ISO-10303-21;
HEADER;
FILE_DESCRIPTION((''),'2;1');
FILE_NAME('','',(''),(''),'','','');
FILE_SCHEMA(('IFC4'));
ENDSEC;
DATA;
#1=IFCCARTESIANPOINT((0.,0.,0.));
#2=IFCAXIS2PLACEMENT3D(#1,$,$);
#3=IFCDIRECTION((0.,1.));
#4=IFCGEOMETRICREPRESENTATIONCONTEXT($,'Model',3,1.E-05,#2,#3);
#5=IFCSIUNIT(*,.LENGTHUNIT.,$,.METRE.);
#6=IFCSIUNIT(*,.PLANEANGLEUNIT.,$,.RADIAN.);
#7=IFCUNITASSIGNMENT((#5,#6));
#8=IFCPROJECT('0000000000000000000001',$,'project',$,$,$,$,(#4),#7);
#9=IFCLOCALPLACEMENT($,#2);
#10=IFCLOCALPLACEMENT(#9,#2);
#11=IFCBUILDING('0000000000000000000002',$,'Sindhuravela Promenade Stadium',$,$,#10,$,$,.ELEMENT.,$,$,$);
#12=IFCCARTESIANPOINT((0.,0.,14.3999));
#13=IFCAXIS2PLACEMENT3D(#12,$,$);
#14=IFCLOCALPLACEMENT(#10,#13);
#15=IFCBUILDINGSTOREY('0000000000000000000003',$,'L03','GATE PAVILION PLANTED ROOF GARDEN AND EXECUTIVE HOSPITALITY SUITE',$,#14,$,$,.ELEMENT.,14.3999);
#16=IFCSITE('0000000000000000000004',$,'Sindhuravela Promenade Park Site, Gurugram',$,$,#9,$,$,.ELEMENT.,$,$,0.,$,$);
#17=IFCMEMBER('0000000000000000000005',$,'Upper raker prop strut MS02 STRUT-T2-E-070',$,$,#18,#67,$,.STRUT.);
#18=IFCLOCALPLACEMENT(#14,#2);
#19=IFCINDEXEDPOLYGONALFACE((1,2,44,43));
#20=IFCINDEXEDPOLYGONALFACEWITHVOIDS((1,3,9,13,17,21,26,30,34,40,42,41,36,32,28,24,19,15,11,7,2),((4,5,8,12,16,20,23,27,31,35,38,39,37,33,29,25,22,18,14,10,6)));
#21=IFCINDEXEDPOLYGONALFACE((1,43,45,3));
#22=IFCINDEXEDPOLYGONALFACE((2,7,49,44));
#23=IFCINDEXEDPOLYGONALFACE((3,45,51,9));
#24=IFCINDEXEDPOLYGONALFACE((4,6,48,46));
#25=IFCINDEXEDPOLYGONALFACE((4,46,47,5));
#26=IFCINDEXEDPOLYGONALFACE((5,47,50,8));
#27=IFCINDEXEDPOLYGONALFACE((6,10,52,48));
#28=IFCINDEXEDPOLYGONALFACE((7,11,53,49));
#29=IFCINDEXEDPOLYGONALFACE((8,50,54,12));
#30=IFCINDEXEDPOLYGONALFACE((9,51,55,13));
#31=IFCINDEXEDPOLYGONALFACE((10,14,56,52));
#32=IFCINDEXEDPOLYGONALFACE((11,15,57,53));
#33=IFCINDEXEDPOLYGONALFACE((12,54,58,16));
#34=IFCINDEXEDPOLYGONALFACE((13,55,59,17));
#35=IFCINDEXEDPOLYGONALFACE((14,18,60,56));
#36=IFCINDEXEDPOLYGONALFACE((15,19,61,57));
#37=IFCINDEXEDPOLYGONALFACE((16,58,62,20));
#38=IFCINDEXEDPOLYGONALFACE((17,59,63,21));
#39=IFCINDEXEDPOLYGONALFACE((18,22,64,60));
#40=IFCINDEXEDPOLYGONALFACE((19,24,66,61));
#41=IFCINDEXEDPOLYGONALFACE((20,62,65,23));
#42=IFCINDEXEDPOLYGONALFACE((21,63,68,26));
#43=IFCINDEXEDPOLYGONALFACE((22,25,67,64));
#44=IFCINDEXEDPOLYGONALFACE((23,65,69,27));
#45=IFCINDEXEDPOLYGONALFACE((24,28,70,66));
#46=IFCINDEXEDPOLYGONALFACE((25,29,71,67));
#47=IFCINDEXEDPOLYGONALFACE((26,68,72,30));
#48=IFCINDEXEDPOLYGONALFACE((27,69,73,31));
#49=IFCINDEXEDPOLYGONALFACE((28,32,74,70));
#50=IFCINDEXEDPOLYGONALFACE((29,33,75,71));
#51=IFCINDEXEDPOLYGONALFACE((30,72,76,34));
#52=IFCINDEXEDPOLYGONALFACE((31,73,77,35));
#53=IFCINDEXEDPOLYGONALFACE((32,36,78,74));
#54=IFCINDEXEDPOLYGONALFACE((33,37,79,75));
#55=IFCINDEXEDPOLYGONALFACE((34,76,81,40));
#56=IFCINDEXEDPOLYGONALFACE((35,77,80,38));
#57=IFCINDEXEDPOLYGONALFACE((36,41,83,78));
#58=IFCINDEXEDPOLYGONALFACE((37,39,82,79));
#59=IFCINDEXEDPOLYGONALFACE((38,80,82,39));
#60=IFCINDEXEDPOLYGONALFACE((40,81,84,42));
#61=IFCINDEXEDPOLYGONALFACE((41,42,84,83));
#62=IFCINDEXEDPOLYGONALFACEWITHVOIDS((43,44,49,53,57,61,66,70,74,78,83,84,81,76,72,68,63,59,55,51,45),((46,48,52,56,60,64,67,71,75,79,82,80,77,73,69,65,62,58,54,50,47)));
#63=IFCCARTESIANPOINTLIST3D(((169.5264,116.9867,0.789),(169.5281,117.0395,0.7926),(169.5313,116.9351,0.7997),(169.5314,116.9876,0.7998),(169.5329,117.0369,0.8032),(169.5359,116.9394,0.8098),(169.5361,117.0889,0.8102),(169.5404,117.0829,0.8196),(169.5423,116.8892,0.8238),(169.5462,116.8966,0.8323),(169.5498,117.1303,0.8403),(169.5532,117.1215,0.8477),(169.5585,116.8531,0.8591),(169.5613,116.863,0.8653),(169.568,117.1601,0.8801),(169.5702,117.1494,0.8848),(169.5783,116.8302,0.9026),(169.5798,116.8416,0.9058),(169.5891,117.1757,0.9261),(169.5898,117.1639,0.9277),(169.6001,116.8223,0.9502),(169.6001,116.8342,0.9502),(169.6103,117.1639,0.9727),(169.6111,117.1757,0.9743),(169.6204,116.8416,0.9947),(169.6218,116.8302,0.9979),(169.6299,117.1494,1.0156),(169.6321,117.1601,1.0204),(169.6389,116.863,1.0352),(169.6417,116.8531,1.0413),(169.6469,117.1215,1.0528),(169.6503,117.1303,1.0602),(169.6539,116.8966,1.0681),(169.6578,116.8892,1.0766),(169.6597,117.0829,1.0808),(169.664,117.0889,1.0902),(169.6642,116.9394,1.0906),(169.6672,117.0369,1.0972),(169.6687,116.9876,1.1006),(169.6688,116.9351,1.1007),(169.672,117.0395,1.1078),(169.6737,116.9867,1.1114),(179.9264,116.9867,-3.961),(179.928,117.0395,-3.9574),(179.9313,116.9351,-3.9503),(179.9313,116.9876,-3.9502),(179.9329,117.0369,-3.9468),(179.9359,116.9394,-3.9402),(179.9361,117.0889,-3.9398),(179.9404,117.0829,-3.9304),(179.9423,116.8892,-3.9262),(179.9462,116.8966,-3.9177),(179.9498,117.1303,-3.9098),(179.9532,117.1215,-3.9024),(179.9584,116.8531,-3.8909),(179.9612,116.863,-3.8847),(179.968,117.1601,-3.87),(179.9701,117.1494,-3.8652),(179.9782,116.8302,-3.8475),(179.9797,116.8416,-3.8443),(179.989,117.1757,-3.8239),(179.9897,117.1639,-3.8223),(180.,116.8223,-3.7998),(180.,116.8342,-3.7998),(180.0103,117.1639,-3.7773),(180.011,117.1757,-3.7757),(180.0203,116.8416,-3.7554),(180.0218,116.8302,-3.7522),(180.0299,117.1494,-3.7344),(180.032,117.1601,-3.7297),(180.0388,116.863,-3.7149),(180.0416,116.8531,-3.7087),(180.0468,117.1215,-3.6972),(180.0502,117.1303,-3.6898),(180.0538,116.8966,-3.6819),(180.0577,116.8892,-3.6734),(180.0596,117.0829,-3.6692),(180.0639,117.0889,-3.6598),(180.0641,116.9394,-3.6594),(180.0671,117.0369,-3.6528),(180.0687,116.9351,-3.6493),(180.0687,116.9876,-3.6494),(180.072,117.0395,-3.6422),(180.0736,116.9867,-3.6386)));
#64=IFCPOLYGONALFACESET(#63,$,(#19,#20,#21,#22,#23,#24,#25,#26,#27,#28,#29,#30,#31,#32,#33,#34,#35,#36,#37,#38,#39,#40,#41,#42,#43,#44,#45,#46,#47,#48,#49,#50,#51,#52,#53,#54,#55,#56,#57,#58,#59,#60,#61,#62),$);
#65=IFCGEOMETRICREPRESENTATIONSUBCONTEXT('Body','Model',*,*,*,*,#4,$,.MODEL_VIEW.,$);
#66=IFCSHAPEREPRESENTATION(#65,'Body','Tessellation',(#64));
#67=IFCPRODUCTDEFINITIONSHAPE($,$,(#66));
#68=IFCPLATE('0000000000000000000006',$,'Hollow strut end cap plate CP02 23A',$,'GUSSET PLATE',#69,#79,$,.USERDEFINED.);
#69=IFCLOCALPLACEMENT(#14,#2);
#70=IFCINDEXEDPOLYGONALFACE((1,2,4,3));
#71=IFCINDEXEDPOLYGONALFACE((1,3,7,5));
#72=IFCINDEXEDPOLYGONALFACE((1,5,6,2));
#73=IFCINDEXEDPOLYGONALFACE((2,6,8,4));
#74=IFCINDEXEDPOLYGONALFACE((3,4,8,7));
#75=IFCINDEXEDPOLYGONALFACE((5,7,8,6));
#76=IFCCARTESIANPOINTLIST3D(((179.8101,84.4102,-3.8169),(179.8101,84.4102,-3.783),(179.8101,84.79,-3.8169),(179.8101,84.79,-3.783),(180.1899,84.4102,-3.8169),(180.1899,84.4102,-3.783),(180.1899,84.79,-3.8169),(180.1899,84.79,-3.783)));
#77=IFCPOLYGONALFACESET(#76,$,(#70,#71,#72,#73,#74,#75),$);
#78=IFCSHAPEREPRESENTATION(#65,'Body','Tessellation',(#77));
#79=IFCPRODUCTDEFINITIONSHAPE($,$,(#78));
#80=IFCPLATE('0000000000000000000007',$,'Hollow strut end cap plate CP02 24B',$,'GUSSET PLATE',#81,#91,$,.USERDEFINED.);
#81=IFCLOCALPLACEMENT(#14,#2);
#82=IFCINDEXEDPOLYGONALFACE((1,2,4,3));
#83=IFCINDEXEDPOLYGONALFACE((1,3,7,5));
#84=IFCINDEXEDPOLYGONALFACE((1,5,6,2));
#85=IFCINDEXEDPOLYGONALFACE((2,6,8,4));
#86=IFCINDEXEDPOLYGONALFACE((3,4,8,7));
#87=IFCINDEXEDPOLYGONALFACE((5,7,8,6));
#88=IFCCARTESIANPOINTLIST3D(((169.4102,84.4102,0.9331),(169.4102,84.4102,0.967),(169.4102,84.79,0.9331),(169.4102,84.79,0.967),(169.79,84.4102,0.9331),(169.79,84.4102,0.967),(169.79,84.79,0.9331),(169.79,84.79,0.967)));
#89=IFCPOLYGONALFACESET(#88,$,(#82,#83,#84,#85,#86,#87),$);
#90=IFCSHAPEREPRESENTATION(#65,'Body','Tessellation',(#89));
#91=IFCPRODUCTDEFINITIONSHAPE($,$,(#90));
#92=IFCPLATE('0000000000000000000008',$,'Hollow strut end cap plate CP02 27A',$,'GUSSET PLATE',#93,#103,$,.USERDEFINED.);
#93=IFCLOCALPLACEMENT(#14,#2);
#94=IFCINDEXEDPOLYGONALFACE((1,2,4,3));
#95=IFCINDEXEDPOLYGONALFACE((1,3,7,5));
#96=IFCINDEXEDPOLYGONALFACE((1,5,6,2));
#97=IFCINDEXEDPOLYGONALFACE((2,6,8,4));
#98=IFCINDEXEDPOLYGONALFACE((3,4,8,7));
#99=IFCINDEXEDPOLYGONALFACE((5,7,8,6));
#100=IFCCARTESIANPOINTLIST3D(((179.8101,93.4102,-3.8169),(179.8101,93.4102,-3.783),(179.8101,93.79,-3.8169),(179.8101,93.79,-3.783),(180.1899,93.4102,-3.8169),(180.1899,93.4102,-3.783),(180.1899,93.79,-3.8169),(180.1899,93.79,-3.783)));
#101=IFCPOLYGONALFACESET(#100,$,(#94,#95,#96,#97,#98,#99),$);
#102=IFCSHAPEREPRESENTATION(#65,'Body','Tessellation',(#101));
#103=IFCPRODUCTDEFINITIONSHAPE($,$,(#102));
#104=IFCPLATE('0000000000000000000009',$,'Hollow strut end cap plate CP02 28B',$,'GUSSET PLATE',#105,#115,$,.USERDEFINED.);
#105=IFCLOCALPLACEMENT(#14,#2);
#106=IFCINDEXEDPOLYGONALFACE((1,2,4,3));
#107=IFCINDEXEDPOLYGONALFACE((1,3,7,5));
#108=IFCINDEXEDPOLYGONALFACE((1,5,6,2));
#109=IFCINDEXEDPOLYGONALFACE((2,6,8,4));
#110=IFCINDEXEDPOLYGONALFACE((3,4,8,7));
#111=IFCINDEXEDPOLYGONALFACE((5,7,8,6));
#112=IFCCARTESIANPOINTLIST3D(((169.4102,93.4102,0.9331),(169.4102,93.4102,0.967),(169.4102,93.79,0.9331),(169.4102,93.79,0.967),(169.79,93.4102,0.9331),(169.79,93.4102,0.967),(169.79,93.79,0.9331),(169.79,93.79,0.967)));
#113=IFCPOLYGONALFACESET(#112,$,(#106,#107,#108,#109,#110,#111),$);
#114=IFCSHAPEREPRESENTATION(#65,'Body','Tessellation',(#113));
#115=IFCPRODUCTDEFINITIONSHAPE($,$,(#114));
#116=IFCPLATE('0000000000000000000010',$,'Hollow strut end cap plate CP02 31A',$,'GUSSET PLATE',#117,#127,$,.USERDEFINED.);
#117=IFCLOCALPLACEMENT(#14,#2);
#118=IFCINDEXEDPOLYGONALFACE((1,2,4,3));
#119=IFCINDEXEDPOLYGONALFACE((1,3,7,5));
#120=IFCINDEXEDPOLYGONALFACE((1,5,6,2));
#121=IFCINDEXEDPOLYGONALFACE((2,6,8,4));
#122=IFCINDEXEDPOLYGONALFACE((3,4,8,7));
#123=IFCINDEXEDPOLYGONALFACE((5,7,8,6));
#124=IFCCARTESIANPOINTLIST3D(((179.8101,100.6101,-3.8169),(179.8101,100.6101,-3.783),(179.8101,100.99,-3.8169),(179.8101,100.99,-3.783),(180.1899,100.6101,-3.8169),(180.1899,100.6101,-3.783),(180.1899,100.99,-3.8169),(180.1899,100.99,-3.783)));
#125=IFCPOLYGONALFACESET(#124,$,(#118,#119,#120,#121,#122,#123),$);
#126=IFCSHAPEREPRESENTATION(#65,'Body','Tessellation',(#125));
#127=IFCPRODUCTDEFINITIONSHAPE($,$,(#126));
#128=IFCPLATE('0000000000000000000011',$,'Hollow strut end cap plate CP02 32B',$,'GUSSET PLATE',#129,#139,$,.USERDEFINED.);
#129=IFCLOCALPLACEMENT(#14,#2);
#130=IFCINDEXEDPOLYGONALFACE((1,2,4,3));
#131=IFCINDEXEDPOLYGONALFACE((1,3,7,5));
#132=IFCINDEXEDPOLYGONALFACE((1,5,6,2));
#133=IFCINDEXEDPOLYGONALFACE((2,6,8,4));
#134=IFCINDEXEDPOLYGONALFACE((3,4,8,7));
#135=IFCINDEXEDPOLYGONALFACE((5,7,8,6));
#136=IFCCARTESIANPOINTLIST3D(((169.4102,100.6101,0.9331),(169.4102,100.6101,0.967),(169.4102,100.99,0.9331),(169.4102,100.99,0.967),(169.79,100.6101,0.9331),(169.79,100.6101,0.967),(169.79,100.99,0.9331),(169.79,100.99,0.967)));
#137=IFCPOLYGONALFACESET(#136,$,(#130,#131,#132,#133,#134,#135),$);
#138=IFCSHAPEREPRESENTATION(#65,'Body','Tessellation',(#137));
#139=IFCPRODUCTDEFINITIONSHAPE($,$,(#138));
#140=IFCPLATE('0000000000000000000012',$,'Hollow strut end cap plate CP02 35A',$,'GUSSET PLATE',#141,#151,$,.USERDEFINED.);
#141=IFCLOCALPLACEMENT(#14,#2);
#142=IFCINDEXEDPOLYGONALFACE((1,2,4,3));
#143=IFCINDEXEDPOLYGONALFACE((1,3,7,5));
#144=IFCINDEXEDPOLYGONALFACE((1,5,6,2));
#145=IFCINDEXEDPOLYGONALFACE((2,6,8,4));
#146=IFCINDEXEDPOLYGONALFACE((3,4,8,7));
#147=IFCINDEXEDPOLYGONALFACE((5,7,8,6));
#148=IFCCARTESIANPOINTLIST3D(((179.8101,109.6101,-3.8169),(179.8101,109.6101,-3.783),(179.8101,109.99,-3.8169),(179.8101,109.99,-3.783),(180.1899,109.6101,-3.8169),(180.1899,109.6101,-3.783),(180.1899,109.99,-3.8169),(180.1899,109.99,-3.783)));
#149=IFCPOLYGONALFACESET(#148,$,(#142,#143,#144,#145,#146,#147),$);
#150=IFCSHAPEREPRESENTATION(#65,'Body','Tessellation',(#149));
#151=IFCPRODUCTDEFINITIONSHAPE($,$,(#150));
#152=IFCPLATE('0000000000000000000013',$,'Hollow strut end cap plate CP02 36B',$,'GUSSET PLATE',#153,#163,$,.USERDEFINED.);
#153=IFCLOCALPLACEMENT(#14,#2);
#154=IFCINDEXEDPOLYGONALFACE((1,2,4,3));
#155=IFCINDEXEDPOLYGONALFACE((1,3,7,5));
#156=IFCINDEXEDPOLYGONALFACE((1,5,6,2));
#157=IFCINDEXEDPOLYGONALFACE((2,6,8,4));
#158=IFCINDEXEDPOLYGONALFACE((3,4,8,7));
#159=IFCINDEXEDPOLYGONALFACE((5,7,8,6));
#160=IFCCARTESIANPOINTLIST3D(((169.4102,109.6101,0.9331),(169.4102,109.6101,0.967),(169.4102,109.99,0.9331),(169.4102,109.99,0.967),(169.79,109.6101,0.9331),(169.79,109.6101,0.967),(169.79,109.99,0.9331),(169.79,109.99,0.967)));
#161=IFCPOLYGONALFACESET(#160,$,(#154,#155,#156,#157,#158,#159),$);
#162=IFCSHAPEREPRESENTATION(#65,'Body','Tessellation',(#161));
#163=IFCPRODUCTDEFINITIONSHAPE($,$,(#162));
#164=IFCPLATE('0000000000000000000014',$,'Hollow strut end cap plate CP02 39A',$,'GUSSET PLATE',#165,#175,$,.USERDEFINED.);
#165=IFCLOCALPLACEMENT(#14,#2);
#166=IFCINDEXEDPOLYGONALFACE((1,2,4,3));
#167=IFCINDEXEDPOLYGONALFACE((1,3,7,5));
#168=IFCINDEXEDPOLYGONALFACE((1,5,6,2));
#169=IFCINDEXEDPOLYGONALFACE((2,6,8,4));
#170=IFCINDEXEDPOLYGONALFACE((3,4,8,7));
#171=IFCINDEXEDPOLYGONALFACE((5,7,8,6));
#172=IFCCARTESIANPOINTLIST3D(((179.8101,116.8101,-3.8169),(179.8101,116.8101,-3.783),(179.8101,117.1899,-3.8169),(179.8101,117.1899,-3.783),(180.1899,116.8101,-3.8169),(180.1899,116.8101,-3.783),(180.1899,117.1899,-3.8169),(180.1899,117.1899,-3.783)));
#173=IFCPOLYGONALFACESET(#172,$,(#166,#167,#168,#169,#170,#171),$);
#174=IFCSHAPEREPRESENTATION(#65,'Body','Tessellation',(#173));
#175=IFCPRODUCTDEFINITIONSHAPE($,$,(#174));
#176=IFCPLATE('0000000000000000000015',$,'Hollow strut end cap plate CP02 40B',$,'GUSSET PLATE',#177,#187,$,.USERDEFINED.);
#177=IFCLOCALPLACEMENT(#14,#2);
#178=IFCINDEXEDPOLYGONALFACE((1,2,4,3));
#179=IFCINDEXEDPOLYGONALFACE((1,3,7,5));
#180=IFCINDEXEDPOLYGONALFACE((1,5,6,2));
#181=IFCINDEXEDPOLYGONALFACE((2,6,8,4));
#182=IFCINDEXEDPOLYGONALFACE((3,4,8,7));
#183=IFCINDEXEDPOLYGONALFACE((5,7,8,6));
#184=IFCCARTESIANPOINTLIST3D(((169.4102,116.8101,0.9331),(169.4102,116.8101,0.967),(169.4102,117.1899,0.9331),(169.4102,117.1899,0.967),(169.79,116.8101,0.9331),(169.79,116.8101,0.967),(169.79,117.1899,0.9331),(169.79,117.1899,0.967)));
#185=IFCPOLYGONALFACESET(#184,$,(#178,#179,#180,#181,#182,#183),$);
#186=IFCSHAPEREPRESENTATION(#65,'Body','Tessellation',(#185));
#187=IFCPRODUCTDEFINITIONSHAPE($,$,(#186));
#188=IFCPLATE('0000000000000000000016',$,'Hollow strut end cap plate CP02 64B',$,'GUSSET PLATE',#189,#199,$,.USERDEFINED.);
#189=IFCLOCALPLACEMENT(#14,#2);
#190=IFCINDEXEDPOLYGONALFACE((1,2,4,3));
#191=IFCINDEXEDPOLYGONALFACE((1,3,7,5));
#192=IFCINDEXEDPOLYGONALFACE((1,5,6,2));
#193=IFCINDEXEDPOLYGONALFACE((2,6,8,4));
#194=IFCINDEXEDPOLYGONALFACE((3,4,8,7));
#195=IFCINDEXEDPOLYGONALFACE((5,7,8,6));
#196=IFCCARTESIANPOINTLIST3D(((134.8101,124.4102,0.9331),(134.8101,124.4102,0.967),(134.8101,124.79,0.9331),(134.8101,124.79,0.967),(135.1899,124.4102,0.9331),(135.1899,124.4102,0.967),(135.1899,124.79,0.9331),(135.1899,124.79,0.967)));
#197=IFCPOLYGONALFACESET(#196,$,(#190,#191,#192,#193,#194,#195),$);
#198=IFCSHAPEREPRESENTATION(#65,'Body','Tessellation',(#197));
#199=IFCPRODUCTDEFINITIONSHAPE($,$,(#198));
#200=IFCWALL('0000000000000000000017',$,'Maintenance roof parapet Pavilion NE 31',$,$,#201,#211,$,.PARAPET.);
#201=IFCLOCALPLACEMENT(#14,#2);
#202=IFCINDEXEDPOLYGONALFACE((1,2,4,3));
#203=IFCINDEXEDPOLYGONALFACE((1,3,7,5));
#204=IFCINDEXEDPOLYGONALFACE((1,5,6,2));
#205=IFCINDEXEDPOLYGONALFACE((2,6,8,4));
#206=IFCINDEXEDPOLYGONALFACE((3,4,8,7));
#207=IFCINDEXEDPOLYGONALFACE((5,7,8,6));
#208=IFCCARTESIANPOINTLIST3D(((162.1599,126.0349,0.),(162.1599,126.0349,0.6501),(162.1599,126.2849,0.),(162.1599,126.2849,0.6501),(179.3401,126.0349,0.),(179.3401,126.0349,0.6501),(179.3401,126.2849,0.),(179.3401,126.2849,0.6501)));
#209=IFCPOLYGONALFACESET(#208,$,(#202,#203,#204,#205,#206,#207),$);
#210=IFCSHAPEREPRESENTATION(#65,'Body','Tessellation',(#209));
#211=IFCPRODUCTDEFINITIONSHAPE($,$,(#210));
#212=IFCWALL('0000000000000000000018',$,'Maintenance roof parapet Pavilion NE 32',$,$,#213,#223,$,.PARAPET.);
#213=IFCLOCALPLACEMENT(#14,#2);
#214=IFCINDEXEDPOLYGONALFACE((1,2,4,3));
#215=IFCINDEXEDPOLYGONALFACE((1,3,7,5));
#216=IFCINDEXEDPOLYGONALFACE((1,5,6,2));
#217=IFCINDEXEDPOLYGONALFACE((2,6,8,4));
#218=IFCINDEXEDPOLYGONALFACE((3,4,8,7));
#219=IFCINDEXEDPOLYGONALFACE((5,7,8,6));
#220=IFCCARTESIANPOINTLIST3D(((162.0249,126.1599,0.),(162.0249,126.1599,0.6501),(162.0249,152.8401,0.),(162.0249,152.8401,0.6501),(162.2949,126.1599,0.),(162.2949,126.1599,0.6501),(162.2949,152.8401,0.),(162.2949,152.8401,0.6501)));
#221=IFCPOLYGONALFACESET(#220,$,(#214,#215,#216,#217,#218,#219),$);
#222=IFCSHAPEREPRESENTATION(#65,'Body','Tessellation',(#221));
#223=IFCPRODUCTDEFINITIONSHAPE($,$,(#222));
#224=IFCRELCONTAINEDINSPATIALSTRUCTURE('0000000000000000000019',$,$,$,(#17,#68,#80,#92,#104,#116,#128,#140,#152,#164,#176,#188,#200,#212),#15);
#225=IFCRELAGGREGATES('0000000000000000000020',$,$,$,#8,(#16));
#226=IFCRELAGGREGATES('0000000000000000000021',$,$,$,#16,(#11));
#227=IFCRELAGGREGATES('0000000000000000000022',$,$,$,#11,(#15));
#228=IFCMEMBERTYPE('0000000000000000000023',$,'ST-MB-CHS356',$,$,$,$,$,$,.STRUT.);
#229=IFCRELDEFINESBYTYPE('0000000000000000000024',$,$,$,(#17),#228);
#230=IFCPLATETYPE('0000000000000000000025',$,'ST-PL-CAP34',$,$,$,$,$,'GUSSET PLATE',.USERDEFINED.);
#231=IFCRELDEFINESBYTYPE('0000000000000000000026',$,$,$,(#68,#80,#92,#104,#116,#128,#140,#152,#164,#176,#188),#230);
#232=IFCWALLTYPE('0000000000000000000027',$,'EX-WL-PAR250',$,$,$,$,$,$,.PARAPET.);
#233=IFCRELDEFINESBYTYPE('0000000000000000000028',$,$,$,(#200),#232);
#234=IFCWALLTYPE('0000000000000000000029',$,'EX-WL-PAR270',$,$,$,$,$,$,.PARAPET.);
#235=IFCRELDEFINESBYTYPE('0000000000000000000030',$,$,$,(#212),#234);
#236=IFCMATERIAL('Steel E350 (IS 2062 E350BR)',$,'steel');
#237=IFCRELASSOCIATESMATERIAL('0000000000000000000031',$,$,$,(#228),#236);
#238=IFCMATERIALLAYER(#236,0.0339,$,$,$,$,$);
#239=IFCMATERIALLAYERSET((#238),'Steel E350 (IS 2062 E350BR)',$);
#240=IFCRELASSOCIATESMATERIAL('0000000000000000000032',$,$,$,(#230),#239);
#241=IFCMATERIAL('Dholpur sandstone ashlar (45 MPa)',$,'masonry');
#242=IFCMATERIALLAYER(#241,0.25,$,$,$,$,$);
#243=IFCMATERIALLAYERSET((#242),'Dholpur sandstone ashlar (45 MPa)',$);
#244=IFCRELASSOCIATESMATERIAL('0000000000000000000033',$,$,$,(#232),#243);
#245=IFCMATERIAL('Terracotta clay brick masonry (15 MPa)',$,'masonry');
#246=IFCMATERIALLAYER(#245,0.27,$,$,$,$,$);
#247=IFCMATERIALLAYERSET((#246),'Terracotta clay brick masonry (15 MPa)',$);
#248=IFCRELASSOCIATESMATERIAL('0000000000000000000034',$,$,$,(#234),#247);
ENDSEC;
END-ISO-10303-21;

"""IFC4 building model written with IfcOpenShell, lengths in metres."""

from ifc_helpers import new_model, si_unit, direction, frame, frame_2d, origin, origin_2d, place, context, subcontext, project, spatial, rectangle, hollow_circle, extrude, material, layer, layer_set, material_profile, profile_set, type_object, element, save


model = new_model("IFC4")

# Units and contexts
model_context = context("Model", 3, precision=1e-05, world=origin(), true_north=direction((0.0, 1.0)))
body_context = subcontext(model_context, "Body", "Model", "MODEL_VIEW")
ifc_project = project(units=[si_unit("LENGTHUNIT", "METRE"), si_unit("PLANEANGLEUNIT", "RADIAN")], contexts=[model_context])

# Site, building, storey
site_placement = place(None, origin())
site = spatial("IfcSite", under=ifc_project, at=site_placement, Name="Sindhuravela Promenade Park Site, Gurugram", CompositionType="ELEMENT", RefElevation=0.0)
building_placement = place(site_placement, origin())
building = spatial("IfcBuilding", under=site, at=building_placement, Name="Sindhuravela Promenade Stadium", CompositionType="ELEMENT")
storey_placement = place(building_placement, frame((0.0, 0.0, 14.3999)))
storey = spatial("IfcBuildingStorey", under=building, at=storey_placement, Name="L03", Description="GATE PAVILION PLANTED ROOF GARDEN AND EXECUTIVE HOSPITALITY SUITE", CompositionType="ELEMENT", Elevation=14.3999)

# Member
ifc_material_1 = material(Name="Steel E350 (IS 2062 E350BR)", Category="steel")
ifc_material_profile_1 = material_profile(ifc_material_1, hollow_circle(Radius=0.1777, WallThickness=0.012, at=origin_2d()), Name="CHS 355.6x12")
ifc_profile_set_1 = profile_set([ifc_material_profile_1], Name="Steel E350 (IS 2062 E350BR)")
member_type = type_object("IfcMemberType", Name="ST-MB-CHS356", PredefinedType="STRUT", material=ifc_profile_set_1)
for number, where, z_axis, x_axis, name in (
    (1, (180.0, 117.0, -3.7998), (-0.909615, 0.0, 0.415453), (0.0, -1.0, 0.0), "Upper raker prop strut MS02 STRUT-T2-E-070"),
):
    element("IfcMember", number, at=place(storey_placement, frame(where, z_axis=z_axis, x_axis=x_axis)), inside=storey, type_object=member_type, Name=name, PredefinedType="STRUT", context=body_context, shape_type="SweptSolid", body=[
        extrude(hollow_circle(Radius=0.1777, WallThickness=0.012, at=origin_2d()), origin(), (0.0, 0.0, 1.0), 11.4333),
    ])

# Plates
ifc_layer_1 = layer(ifc_material_1, 0.0339)
ifc_layer_set_1 = layer_set([ifc_layer_1], Name="Steel E350 (IS 2062 E350BR)")
plate_type = type_object("IfcPlateType", Name="ST-PL-CAP34", ElementType="GUSSET PLATE", PredefinedType="USERDEFINED", material=ifc_layer_set_1)
for number, where, z_axis, x_axis, name in (
    (2, (180.0, 84.6001, -3.8169), (0.0, 0.0, 1.0), (1.0, 0.0, 0.0), "Hollow strut end cap plate CP02 23A"),
    (3, (169.6001, 84.6001, 0.9331), (0.0, 0.0, 1.0), (1.0, 0.0, 0.0), "Hollow strut end cap plate CP02 24B"),
    (4, (180.0, 93.6001, -3.8169), (0.0, 0.0, 1.0), (1.0, 0.0, 0.0), "Hollow strut end cap plate CP02 27A"),
    (5, (169.6001, 93.6001, 0.9331), (0.0, 0.0, 1.0), (1.0, 0.0, 0.0), "Hollow strut end cap plate CP02 28B"),
    (6, (180.0, 100.8, -3.8169), (0.0, 0.0, 1.0), (1.0, 0.0, 0.0), "Hollow strut end cap plate CP02 31A"),
    (7, (169.6001, 100.8, 0.9331), (0.0, 0.0, 1.0), (1.0, 0.0, 0.0), "Hollow strut end cap plate CP02 32B"),
    (8, (180.0, 109.8, -3.8169), (0.0, 0.0, 1.0), (1.0, 0.0, 0.0), "Hollow strut end cap plate CP02 35A"),
    (9, (169.6001, 109.8, 0.9331), (0.0, 0.0, 1.0), (1.0, 0.0, 0.0), "Hollow strut end cap plate CP02 36B"),
    (10, (180.0, 117.0, -3.8169), (0.0, 0.0, 1.0), (1.0, 0.0, 0.0), "Hollow strut end cap plate CP02 39A"),
    (11, (169.6001, 117.0, 0.9331), (0.0, 0.0, 1.0), (1.0, 0.0, 0.0), "Hollow strut end cap plate CP02 40B"),
    (12, (135.0, 124.6001, 0.9331), (0.0, 0.0, 1.0), (1.0, 0.0, 0.0), "Hollow strut end cap plate CP02 64B"),
):
    element("IfcPlate", number, at=place(storey_placement, frame(where, z_axis=z_axis, x_axis=x_axis)), inside=storey, type_object=plate_type, Name=name, ObjectType="GUSSET PLATE", PredefinedType="USERDEFINED", context=body_context, shape_type="SweptSolid", body=[
        extrude(rectangle(XDim=0.3799, YDim=0.3799, at=origin_2d()), origin(), (0.0, 0.0, 1.0), 0.0339),
    ])

# Walls
ifc_material_2 = material(Name="Dholpur sandstone ashlar (45 MPa)", Category="masonry")
ifc_layer_2 = layer(ifc_material_2, 0.25)
ifc_layer_set_2 = layer_set([ifc_layer_2], Name="Dholpur sandstone ashlar (45 MPa)")
wall_type_1 = type_object("IfcWallType", Name="EX-WL-PAR250", PredefinedType="PARAPET", material=ifc_layer_set_2)
wall_1_placement = place(storey_placement, frame((179.3401, 126.1599, 0.0), z_axis=(0.0, 0.0, 1.0), x_axis=(-1.0, 0.0, 0.0)))
element("IfcWall", 13, at=wall_1_placement, inside=storey, type_object=wall_type_1, Name="Maintenance roof parapet Pavilion NE 31", PredefinedType="PARAPET", context=body_context, shape_type="SweptSolid", body=[
    extrude(rectangle(XDim=17.1802, YDim=0.25, at=frame_2d((8.5901, 0.0))), origin(), (0.0, 0.0, 1.0), 0.6501),
])
ifc_material_3 = material(Name="Terracotta clay brick masonry (15 MPa)", Category="masonry")
ifc_layer_3 = layer(ifc_material_3, 0.27)
ifc_layer_set_3 = layer_set([ifc_layer_3], Name="Terracotta clay brick masonry (15 MPa)")
wall_type_2 = type_object("IfcWallType", Name="EX-WL-PAR270", PredefinedType="PARAPET", material=ifc_layer_set_3)
wall_2_placement = place(storey_placement, frame((162.1599, 126.1599, 0.0), z_axis=(0.0, 0.0, 1.0), x_axis=(0.0, 1.0, 0.0)))
element("IfcWall", 14, at=wall_2_placement, inside=storey, type_object=wall_type_2, Name="Maintenance roof parapet Pavilion NE 32", PredefinedType="PARAPET", context=body_context, shape_type="SweptSolid", body=[
    extrude(rectangle(XDim=26.6802, YDim=0.27, at=frame_2d((13.3401, 0.0))), origin(), (0.0, 0.0, 1.0), 0.6501),
])

save(model, "model.ifc")
